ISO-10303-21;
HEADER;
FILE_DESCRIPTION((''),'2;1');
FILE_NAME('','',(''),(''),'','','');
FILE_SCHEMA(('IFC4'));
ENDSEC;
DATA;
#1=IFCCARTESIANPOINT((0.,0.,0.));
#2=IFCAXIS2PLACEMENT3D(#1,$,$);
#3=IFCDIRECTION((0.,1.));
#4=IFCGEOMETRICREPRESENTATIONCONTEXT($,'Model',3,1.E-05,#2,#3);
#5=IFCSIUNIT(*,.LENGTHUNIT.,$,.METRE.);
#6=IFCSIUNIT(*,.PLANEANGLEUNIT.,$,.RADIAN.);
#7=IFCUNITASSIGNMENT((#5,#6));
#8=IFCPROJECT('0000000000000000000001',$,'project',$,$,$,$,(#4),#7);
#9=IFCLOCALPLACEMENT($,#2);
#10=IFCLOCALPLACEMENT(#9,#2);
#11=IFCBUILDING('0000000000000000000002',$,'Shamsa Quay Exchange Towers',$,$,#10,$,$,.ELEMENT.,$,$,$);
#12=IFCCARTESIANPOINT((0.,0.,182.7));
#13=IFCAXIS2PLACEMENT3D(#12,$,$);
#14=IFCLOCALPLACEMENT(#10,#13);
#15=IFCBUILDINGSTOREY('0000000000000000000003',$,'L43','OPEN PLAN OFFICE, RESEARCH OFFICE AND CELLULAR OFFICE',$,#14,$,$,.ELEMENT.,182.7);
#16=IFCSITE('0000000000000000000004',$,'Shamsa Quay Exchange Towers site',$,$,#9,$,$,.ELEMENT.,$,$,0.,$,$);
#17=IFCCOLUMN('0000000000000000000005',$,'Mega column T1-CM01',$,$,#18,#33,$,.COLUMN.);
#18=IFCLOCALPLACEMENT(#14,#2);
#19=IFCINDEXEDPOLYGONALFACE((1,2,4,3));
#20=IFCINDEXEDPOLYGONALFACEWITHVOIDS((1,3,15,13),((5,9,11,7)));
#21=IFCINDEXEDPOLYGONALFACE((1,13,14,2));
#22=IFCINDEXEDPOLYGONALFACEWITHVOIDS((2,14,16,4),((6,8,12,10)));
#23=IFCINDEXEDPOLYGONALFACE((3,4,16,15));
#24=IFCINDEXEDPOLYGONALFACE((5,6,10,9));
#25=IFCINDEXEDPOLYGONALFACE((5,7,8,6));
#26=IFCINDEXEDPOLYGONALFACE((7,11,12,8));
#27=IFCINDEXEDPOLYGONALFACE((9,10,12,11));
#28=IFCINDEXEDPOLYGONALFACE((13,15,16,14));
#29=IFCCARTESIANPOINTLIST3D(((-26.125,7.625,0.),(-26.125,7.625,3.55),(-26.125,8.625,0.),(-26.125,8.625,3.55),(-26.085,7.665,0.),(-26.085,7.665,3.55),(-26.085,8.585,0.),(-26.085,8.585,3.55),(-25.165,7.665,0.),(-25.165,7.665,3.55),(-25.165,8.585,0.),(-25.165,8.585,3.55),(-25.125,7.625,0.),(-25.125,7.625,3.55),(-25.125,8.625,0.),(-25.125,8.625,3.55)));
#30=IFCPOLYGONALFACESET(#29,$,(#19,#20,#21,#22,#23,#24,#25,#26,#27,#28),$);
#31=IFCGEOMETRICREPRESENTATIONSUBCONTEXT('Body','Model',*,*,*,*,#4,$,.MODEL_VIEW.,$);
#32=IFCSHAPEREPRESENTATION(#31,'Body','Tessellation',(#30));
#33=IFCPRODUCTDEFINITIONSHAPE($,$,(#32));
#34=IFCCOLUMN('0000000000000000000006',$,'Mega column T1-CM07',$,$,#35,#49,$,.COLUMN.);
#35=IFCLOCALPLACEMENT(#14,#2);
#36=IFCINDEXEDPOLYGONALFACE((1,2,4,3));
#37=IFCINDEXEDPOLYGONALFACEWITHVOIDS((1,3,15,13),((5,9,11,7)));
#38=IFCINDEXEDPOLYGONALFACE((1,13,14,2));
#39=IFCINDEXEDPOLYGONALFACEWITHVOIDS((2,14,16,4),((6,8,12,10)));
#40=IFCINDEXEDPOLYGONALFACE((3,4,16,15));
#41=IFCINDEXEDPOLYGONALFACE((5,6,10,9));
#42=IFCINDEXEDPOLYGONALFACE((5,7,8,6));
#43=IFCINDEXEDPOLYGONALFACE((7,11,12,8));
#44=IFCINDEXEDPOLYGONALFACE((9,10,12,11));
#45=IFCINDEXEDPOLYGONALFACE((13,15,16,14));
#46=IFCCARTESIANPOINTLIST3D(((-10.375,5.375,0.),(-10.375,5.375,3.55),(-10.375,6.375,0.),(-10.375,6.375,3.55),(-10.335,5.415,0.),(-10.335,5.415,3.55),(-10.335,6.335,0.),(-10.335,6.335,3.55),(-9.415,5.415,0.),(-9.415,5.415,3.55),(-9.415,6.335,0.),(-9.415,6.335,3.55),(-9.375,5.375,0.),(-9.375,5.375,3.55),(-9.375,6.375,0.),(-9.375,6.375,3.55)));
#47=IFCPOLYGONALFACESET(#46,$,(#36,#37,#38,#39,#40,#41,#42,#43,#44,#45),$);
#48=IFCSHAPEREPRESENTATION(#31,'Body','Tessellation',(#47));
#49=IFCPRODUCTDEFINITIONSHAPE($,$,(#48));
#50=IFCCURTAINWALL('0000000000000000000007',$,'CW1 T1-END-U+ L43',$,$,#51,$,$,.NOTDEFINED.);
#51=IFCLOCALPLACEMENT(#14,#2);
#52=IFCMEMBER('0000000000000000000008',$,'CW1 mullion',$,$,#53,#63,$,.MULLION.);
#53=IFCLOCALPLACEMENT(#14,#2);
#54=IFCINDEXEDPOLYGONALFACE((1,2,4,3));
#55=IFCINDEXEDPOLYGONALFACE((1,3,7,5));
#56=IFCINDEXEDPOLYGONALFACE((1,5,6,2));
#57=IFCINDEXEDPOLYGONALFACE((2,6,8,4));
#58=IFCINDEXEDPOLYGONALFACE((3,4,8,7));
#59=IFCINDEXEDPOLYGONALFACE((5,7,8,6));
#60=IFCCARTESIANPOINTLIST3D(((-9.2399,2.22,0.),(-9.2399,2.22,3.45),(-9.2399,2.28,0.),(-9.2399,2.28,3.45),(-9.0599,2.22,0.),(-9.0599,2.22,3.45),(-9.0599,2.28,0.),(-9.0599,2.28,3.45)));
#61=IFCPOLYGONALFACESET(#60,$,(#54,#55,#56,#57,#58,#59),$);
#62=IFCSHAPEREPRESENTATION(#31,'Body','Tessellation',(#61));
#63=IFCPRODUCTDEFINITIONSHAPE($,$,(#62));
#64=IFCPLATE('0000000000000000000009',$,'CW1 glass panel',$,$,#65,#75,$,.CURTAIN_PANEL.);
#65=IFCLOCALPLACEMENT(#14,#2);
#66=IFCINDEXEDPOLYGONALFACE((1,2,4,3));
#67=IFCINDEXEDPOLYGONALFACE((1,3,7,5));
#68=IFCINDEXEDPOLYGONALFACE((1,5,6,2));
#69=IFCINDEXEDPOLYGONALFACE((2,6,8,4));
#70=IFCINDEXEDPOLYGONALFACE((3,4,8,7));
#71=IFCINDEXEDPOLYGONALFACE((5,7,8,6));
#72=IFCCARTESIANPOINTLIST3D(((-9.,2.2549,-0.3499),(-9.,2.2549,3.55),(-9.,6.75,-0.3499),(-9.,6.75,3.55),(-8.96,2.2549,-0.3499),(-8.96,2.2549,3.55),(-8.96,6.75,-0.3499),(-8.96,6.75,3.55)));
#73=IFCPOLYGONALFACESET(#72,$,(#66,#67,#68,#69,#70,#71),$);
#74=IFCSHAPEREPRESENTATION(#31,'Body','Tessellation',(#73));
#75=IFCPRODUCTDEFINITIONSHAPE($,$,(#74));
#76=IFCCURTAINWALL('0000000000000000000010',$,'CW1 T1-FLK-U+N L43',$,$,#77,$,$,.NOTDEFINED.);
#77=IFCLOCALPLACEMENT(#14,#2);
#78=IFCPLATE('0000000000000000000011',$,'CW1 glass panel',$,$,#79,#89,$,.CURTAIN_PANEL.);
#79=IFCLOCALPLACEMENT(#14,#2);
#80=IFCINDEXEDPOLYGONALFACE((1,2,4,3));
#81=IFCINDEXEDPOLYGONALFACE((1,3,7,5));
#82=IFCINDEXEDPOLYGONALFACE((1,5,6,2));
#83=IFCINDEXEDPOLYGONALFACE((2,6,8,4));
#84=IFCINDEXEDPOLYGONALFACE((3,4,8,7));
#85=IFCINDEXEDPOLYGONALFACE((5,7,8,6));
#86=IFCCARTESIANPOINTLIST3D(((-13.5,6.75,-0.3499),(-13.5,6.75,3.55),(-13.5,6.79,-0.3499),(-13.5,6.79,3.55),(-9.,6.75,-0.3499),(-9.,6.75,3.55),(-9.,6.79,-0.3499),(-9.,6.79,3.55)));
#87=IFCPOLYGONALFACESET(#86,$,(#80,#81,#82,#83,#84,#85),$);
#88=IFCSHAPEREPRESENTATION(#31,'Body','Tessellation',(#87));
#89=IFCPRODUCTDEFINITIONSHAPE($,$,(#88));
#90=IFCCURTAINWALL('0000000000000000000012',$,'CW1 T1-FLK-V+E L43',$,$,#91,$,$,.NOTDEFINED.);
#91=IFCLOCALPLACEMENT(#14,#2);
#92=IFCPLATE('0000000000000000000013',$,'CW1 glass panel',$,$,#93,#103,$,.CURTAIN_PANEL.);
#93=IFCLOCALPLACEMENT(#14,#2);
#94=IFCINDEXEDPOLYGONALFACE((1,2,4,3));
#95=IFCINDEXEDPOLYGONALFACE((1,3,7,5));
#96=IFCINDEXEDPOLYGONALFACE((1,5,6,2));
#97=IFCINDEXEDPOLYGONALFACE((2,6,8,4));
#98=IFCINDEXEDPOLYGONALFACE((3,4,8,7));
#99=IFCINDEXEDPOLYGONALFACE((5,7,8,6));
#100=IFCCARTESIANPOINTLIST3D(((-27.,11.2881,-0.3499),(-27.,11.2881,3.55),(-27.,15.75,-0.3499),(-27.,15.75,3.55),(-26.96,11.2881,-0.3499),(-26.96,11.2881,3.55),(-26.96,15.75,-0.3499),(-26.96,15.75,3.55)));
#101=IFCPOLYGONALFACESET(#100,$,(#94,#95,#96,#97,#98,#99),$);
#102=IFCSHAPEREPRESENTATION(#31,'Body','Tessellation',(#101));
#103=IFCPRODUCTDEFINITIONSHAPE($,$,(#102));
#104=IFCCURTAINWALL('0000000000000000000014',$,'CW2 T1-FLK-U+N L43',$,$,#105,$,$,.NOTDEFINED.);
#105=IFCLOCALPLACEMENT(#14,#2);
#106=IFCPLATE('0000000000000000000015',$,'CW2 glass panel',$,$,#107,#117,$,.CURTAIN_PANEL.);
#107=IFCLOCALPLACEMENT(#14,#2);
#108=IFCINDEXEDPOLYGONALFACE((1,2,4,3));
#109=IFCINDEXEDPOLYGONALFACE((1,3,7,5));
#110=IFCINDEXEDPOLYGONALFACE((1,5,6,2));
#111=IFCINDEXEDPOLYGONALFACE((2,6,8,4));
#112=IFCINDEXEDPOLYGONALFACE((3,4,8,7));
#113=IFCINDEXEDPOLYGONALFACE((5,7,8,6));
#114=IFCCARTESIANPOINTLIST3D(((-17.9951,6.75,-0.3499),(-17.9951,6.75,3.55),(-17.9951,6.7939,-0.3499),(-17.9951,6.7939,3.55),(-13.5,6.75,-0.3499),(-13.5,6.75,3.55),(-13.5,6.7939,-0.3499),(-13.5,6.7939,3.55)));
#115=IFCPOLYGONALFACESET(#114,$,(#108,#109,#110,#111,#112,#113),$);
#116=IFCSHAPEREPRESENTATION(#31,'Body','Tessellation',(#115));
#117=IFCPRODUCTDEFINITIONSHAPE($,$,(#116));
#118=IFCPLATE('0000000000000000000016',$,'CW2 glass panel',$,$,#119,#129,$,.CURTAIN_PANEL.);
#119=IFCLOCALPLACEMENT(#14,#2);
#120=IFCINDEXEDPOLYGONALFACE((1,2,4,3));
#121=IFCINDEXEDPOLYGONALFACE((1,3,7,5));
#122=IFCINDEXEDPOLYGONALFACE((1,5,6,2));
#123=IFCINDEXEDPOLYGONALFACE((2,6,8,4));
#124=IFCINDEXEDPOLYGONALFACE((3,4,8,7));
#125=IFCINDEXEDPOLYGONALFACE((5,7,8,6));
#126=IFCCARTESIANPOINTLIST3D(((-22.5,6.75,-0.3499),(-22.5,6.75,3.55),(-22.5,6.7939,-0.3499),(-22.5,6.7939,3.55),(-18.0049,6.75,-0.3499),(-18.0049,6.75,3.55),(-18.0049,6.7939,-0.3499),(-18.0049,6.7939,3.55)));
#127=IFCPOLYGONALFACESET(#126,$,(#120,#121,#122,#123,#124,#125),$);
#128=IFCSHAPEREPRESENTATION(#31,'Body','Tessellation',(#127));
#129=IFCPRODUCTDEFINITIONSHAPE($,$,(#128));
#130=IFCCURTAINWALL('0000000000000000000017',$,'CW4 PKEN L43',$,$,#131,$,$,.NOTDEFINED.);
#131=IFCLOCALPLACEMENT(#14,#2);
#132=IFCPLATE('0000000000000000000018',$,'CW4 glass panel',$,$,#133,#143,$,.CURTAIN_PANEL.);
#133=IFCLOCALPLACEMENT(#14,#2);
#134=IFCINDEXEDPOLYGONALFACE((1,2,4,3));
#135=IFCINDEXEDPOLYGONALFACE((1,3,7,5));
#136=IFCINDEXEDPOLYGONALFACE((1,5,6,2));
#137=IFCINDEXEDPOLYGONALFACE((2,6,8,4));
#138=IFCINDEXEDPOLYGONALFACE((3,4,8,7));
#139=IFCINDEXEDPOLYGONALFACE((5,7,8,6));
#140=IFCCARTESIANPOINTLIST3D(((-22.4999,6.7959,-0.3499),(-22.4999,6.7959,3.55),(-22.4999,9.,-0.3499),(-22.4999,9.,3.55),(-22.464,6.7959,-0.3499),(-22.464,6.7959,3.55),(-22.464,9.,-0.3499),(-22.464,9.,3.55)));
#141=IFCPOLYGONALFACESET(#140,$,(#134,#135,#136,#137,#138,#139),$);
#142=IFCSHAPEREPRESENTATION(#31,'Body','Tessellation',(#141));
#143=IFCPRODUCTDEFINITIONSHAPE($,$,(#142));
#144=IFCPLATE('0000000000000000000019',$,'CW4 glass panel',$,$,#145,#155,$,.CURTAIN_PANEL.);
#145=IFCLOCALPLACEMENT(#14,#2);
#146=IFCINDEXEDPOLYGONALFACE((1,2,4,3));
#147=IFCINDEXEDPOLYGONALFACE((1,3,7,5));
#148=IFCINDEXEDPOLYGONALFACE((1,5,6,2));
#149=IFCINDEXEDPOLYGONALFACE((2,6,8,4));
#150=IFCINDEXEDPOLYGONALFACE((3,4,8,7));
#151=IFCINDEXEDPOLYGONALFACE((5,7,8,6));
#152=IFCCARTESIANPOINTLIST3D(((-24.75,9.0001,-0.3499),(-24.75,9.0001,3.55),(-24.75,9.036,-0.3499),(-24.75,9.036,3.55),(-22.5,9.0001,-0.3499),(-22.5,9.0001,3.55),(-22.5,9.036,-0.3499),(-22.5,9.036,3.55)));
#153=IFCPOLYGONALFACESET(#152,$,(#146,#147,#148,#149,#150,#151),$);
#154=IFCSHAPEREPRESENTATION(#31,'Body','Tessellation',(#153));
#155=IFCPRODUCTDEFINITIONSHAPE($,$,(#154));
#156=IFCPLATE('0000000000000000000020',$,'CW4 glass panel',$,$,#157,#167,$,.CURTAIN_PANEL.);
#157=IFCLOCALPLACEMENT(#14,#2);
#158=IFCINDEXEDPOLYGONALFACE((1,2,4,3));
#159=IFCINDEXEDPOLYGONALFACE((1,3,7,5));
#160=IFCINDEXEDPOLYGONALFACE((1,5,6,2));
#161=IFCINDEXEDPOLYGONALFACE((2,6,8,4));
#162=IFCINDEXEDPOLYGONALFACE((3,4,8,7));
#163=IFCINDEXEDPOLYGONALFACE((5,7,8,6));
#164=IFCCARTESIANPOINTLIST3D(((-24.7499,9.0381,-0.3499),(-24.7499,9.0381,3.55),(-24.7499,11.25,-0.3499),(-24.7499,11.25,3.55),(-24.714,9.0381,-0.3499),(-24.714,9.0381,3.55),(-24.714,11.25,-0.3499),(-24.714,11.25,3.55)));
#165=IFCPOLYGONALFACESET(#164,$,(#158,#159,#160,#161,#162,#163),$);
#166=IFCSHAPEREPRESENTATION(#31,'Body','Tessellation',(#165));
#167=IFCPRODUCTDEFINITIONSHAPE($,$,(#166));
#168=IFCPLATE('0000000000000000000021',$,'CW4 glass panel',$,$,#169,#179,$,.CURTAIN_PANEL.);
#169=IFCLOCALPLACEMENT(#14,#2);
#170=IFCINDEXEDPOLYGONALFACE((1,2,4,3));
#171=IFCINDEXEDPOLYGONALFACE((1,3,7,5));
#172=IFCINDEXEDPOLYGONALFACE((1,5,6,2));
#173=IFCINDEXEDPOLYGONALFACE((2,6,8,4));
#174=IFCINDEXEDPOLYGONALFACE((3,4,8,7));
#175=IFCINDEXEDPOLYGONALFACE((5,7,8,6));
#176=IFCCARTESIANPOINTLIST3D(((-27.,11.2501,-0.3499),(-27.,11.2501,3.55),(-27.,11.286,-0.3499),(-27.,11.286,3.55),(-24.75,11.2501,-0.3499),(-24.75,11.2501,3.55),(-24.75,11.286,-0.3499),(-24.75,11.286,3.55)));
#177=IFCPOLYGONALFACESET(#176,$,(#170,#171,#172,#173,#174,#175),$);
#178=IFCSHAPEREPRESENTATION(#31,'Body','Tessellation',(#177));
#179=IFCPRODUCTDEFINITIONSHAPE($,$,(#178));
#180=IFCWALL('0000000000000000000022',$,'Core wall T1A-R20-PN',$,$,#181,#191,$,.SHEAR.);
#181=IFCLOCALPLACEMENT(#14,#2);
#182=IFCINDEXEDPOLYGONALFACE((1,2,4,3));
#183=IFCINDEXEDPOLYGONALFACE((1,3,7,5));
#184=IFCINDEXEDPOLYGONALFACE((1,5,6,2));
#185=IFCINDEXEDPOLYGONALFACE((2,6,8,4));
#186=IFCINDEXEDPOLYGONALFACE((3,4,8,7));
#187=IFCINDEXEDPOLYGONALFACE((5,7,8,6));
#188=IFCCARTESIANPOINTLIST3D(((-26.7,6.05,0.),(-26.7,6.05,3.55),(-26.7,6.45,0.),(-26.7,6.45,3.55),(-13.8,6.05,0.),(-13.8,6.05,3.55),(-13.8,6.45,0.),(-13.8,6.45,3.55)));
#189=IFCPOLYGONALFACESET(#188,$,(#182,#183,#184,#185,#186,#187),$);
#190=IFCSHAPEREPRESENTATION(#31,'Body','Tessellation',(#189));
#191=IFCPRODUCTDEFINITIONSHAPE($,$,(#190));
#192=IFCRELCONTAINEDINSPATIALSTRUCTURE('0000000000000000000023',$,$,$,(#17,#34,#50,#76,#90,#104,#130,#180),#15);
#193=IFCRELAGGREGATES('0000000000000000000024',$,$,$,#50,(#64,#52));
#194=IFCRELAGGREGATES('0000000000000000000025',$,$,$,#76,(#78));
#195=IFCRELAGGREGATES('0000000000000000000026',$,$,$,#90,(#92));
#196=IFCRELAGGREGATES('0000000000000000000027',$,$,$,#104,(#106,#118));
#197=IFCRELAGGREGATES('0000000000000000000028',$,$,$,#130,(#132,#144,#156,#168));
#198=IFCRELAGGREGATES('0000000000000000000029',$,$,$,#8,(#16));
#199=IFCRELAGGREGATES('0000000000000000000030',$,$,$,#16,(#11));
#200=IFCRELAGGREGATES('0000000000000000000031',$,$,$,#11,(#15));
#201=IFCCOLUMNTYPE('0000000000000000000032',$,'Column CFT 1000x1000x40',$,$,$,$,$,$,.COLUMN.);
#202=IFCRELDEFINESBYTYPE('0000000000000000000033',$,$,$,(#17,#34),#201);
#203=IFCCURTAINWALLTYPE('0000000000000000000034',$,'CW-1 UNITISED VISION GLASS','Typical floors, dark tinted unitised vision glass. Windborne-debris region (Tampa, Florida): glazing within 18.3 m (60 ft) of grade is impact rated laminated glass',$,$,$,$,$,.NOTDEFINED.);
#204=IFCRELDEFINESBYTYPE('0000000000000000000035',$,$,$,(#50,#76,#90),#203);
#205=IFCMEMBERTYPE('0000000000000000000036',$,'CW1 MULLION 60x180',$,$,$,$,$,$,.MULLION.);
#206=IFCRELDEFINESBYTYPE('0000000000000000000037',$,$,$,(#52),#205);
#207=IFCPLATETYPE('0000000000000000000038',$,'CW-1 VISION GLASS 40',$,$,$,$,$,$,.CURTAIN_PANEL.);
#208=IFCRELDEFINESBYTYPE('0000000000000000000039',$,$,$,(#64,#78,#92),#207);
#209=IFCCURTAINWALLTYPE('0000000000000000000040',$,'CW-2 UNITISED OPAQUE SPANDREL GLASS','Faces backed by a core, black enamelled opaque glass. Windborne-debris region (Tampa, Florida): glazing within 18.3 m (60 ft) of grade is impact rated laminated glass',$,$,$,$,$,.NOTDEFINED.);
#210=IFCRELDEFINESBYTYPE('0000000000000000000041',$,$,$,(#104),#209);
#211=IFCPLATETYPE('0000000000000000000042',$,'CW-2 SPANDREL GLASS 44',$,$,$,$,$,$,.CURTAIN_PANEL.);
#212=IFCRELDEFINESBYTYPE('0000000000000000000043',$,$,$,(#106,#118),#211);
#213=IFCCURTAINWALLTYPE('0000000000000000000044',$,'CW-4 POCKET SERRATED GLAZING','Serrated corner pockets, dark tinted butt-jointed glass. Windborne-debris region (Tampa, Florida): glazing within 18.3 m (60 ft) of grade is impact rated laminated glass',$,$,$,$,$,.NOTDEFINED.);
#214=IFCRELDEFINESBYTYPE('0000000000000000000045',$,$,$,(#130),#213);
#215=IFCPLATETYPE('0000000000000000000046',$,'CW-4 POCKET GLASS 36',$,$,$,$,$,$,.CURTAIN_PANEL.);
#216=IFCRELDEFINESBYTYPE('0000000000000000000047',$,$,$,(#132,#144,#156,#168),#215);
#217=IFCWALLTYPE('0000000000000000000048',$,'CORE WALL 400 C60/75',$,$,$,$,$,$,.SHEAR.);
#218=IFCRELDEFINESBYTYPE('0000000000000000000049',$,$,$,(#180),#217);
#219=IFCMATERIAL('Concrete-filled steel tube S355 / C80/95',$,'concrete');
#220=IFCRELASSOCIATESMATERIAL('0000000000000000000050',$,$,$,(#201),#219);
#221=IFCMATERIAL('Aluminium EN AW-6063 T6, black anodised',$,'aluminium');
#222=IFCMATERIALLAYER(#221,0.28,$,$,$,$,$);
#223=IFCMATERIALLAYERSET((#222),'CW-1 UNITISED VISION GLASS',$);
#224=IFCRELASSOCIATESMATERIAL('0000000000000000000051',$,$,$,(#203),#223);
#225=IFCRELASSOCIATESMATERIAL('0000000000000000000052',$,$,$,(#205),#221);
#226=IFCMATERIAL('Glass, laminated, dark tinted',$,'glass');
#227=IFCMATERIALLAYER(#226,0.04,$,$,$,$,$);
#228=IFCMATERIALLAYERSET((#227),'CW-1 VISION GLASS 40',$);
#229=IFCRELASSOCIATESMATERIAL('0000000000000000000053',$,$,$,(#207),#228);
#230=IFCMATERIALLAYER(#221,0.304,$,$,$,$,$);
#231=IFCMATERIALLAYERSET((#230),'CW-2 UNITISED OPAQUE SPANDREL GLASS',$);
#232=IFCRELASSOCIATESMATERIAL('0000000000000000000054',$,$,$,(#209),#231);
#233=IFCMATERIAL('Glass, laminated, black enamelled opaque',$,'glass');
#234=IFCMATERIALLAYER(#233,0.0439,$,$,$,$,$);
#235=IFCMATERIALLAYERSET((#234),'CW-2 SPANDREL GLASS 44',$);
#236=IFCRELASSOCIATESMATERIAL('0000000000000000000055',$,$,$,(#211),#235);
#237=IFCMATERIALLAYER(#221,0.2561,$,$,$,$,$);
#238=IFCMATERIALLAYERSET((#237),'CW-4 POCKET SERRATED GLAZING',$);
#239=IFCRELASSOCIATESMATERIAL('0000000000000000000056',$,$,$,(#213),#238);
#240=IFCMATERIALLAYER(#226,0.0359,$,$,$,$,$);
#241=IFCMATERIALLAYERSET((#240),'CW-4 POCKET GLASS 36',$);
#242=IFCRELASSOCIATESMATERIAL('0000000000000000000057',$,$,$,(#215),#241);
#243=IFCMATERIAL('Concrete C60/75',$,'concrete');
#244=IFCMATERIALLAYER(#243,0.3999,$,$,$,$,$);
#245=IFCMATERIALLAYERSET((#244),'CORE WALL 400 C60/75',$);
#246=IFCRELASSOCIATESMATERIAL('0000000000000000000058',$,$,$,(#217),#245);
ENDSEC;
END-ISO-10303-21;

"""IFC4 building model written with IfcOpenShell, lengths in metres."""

from ifc_helpers import new_model, si_unit, direction, frame, frame_2d, origin, origin_2d, place, context, subcontext, project, spatial, rectangle, hollow_rectangle, extrude, material, layer, layer_set, material_profile, profile_set, type_object, element, aggregate, save


model = new_model("IFC4")

# Units and contexts
model_context = context("Model", 3, precision=1e-05, world=origin(), true_north=direction((0.0, 1.0)))
body_context = subcontext(model_context, "Body", "Model", "MODEL_VIEW")
ifc_project = project(units=[si_unit("LENGTHUNIT", "METRE"), si_unit("PLANEANGLEUNIT", "RADIAN")], contexts=[model_context])

# Site, building, storey
site_placement = place(None, origin())
site = spatial("IfcSite", under=ifc_project, at=site_placement, Name="Shamsa Quay Exchange Towers site", CompositionType="ELEMENT", RefElevation=0.0)
building_placement = place(site_placement, origin())
building = spatial("IfcBuilding", under=site, at=building_placement, Name="Shamsa Quay Exchange Towers", CompositionType="ELEMENT")
storey_placement = place(building_placement, frame((0.0, 0.0, 182.7)))
storey = spatial("IfcBuildingStorey", under=building, at=storey_placement, Name="L43", Description="OPEN PLAN OFFICE, RESEARCH OFFICE AND CELLULAR OFFICE", CompositionType="ELEMENT", Elevation=182.7)

# Columns
ifc_material_1 = material(Name="Concrete-filled steel tube S355 / C80/95", Category="concrete")
ifc_material_profile_1 = material_profile(ifc_material_1, hollow_rectangle(XDim=1.0, YDim=1.0, WallThickness=0.04, at=origin_2d()), Name="CFT 1000x1000x40")
ifc_profile_set_1 = profile_set([ifc_material_profile_1], Name="Concrete-filled steel tube S355 / C80/95")
column_type = type_object("IfcColumnType", Name="Column CFT 1000x1000x40", PredefinedType="COLUMN", material=ifc_profile_set_1)
for number, where, name in (
    (1, (-25.625, 8.125, 0.0), "Mega column T1-CM01"),
    (2, (-9.875, 5.875, 0.0), "Mega column T1-CM07"),
):
    element("IfcColumn", number, at=place(storey_placement, frame(where)), inside=storey, type_object=column_type, Name=name, PredefinedType="COLUMN", context=body_context, shape_type="SweptSolid", body=[
        extrude(hollow_rectangle(XDim=1.0, YDim=1.0, WallThickness=0.04, at=origin_2d()), origin(), (0.0, 0.0, 1.0), 3.55),
    ])

# Curtain wall, member, plate
ifc_material_2 = material(Name="Aluminium EN AW-6063 T6, black anodised", Category="aluminium")
ifc_layer_1 = layer(ifc_material_2, 0.28)
ifc_layer_set_1 = layer_set([ifc_layer_1], Name="CW-1 UNITISED VISION GLASS")
curtain_wall_type_1 = type_object("IfcCurtainWallType", Name="CW-1 UNITISED VISION GLASS", Description="Typical floors, dark tinted unitised vision glass. Windborne-debris region (Tampa, Florida): glazing within 18.3 m (60 ft) of grade is impact rated laminated glass", PredefinedType="NOTDEFINED", material=ifc_layer_set_1)
curtain_wall_1_placement = place(storey_placement, origin())
curtain_wall_1 = element("IfcCurtainWall", 3, at=curtain_wall_1_placement, inside=storey, type_object=curtain_wall_type_1, Name="CW1 T1-END-U+ L43", PredefinedType="NOTDEFINED")
ifc_material_profile_2 = material_profile(ifc_material_2, rectangle(XDim=0.1799, YDim=0.0601, at=origin_2d()), Name="MU60x180")
ifc_profile_set_2 = profile_set([ifc_material_profile_2], Name="Aluminium EN AW-6063 T6, black anodised")
member_type = type_object("IfcMemberType", Name="CW1 MULLION 60x180", PredefinedType="MULLION", material=ifc_profile_set_2)
member_placement = place(storey_placement, frame((-9.1499, 2.25, 0.0), z_axis=(0.0, 0.0, 1.0), x_axis=(-1.0, 0.0, 0.0)))
member = element("IfcMember", 4, at=member_placement, type_object=member_type, Name="CW1 mullion", PredefinedType="MULLION", context=body_context, shape_type="SweptSolid", body=[
    extrude(rectangle(XDim=0.1799, YDim=0.0601, at=origin_2d()), origin(), (0.0, 0.0, 1.0), 3.45),
])
ifc_material_3 = material(Name="Glass, laminated, dark tinted", Category="glass")
ifc_layer_2 = layer(ifc_material_3, 0.04)
ifc_layer_set_2 = layer_set([ifc_layer_2], Name="CW-1 VISION GLASS 40")
plate_type_1 = type_object("IfcPlateType", Name="CW-1 VISION GLASS 40", PredefinedType="CURTAIN_PANEL", material=ifc_layer_set_2)
plate_1_placement = place(storey_placement, frame((-8.98, 4.5024, -0.3499), z_axis=(0.0, 0.0, 1.0), x_axis=(0.0, 1.0, 0.0)))
plate_1 = element("IfcPlate", 5, at=plate_1_placement, type_object=plate_type_1, Name="CW1 glass panel", PredefinedType="CURTAIN_PANEL", context=body_context, shape_type="SweptSolid", body=[
    extrude(rectangle(XDim=4.4951, YDim=0.04, at=origin_2d()), origin(), (0.0, 0.0, 1.0), 3.8999),
])
aggregate(curtain_wall_1, [plate_1, member])

# Curtain walls, plates
curtain_wall_2_placement = place(storey_placement, origin())
curtain_wall_2 = element("IfcCurtainWall", 6, at=curtain_wall_2_placement, inside=storey, type_object=curtain_wall_type_1, Name="CW1 T1-FLK-U+N L43", PredefinedType="NOTDEFINED")
plate_2_placement = place(storey_placement, frame((-11.25, 6.77, -0.3499), z_axis=(0.0, 0.0, 1.0), x_axis=(-1.0, 0.0, 0.0)))
plate_2 = element("IfcPlate", 7, at=plate_2_placement, type_object=plate_type_1, Name="CW1 glass panel", PredefinedType="CURTAIN_PANEL", context=body_context, shape_type="SweptSolid", body=[
    extrude(rectangle(XDim=4.5, YDim=0.04, at=origin_2d()), origin(), (0.0, 0.0, 1.0), 3.8999),
])
aggregate(curtain_wall_2, [plate_2])
curtain_wall_3_placement = place(storey_placement, origin())
curtain_wall_3 = element("IfcCurtainWall", 8, at=curtain_wall_3_placement, inside=storey, type_object=curtain_wall_type_1, Name="CW1 T1-FLK-V+E L43", PredefinedType="NOTDEFINED")
plate_3_placement = place(storey_placement, frame((-26.98, 13.519, -0.3499), z_axis=(0.0, 0.0, 1.0), x_axis=(0.0, 1.0, 0.0)))
plate_3 = element("IfcPlate", 9, at=plate_3_placement, type_object=plate_type_1, Name="CW1 glass panel", PredefinedType="CURTAIN_PANEL", context=body_context, shape_type="SweptSolid", body=[
    extrude(rectangle(XDim=4.4619, YDim=0.04, at=origin_2d()), origin(), (0.0, 0.0, 1.0), 3.8999),
])
aggregate(curtain_wall_3, [plate_3])

# Curtain walls, plates
ifc_layer_3 = layer(ifc_material_2, 0.304)
ifc_layer_set_3 = layer_set([ifc_layer_3], Name="CW-2 UNITISED OPAQUE SPANDREL GLASS")
curtain_wall_type_2 = type_object("IfcCurtainWallType", Name="CW-2 UNITISED OPAQUE SPANDREL GLASS", Description="Faces backed by a core, black enamelled opaque glass. Windborne-debris region (Tampa, Florida): glazing within 18.3 m (60 ft) of grade is impact rated laminated glass", PredefinedType="NOTDEFINED", material=ifc_layer_set_3)
curtain_wall_4_placement = place(storey_placement, origin())
curtain_wall_4 = element("IfcCurtainWall", 10, at=curtain_wall_4_placement, inside=storey, type_object=curtain_wall_type_2, Name="CW2 T1-FLK-U+N L43", PredefinedType="NOTDEFINED")
ifc_material_4 = material(Name="Glass, laminated, black enamelled opaque", Category="glass")
ifc_layer_4 = layer(ifc_material_4, 0.0439)
ifc_layer_set_4 = layer_set([ifc_layer_4], Name="CW-2 SPANDREL GLASS 44")
plate_type_2 = type_object("IfcPlateType", Name="CW-2 SPANDREL GLASS 44", PredefinedType="CURTAIN_PANEL", material=ifc_layer_set_4)
plate_4_placement = place(storey_placement, frame((-15.7476, 6.772, -0.3499), z_axis=(0.0, 0.0, 1.0), x_axis=(-1.0, 0.0, 0.0)))
plate_4 = element("IfcPlate", 11, at=plate_4_placement, type_object=plate_type_2, Name="CW2 glass panel", PredefinedType="CURTAIN_PANEL", context=body_context, shape_type="SweptSolid", body=[
    extrude(rectangle(XDim=4.4951, YDim=0.0439, at=origin_2d()), origin(), (0.0, 0.0, 1.0), 3.8999),
])
plate_5_placement = place(storey_placement, frame((-20.2524, 6.772, -0.3499), z_axis=(0.0, 0.0, 1.0), x_axis=(-1.0, 0.0, 0.0)))
plate_5 = element("IfcPlate", 12, at=plate_5_placement, type_object=plate_type_2, Name="CW2 glass panel", PredefinedType="CURTAIN_PANEL", context=body_context, shape_type="SweptSolid", body=[
    extrude(rectangle(XDim=4.4951, YDim=0.0439, at=origin_2d()), origin(), (0.0, 0.0, 1.0), 3.8999),
])
aggregate(curtain_wall_4, [plate_4, plate_5])
ifc_layer_5 = layer(ifc_material_2, 0.2561)
ifc_layer_set_5 = layer_set([ifc_layer_5], Name="CW-4 POCKET SERRATED GLAZING")
curtain_wall_type_3 = type_object("IfcCurtainWallType", Name="CW-4 POCKET SERRATED GLAZING", Description="Serrated corner pockets, dark tinted butt-jointed glass. Windborne-debris region (Tampa, Florida): glazing within 18.3 m (60 ft) of grade is impact rated laminated glass", PredefinedType="NOTDEFINED", material=ifc_layer_set_5)
curtain_wall_5_placement = place(storey_placement, origin())
curtain_wall_5 = element("IfcCurtainWall", 13, at=curtain_wall_5_placement, inside=storey, type_object=curtain_wall_type_3, Name="CW4 PKEN L43", PredefinedType="NOTDEFINED")
ifc_layer_6 = layer(ifc_material_3, 0.0359)
ifc_layer_set_6 = layer_set([ifc_layer_6], Name="CW-4 POCKET GLASS 36")
plate_type_3 = type_object("IfcPlateType", Name="CW-4 POCKET GLASS 36", PredefinedType="CURTAIN_PANEL", material=ifc_layer_set_6)
plate_6_placement = place(storey_placement, frame((-22.4819, 7.8979, -0.3499), z_axis=(0.0, 0.0, 1.0), x_axis=(0.0, 1.0, 0.0)))
plate_6 = element("IfcPlate", 14, at=plate_6_placement, type_object=plate_type_3, Name="CW4 glass panel", PredefinedType="CURTAIN_PANEL", context=body_context, shape_type="SweptSolid", body=[
    extrude(rectangle(XDim=2.2041, YDim=0.0359, at=origin_2d()), origin(), (0.0, 0.0, 1.0), 3.8999),
])
plate_7_placement = place(storey_placement, frame((-23.625, 9.0181, -0.3499), z_axis=(0.0, 0.0, 1.0), x_axis=(-1.0, 0.0, 0.0)))
plate_7 = element("IfcPlate", 15, at=plate_7_placement, type_object=plate_type_3, Name="CW4 glass panel", PredefinedType="CURTAIN_PANEL", context=body_context, shape_type="SweptSolid", body=[
    extrude(rectangle(XDim=2.25, YDim=0.0359, at=origin_2d()), origin(), (0.0, 0.0, 1.0), 3.8999),
])
plate_8_placement = place(storey_placement, frame((-24.7319, 10.144, -0.3499), z_axis=(0.0, 0.0, 1.0), x_axis=(0.0, 1.0, 0.0)))
plate_8 = element("IfcPlate", 16, at=plate_8_placement, type_object=plate_type_3, Name="CW4 glass panel", PredefinedType="CURTAIN_PANEL", context=body_context, shape_type="SweptSolid", body=[
    extrude(rectangle(XDim=2.2119, YDim=0.0359, at=origin_2d()), origin(), (0.0, 0.0, 1.0), 3.8999),
])
plate_9_placement = place(storey_placement, frame((-25.875, 11.2681, -0.3499), z_axis=(0.0, 0.0, 1.0), x_axis=(-1.0, 0.0, 0.0)))
plate_9 = element("IfcPlate", 17, at=plate_9_placement, type_object=plate_type_3, Name="CW4 glass panel", PredefinedType="CURTAIN_PANEL", context=body_context, shape_type="SweptSolid", body=[
    extrude(rectangle(XDim=2.25, YDim=0.0359, at=origin_2d()), origin(), (0.0, 0.0, 1.0), 3.8999),
])
aggregate(curtain_wall_5, [plate_6, plate_7, plate_8, plate_9])

# Wall
ifc_material_5 = material(Name="Concrete C60/75", Category="concrete")
ifc_layer_7 = layer(ifc_material_5, 0.3999)
ifc_layer_set_7 = layer_set([ifc_layer_7], Name="CORE WALL 400 C60/75")
wall_type_1 = type_object("IfcWallType", Name="CORE WALL 400 C60/75", PredefinedType="SHEAR", material=ifc_layer_set_7)
wall_1_placement = place(storey_placement, frame((-26.7, 6.25, 0.0)))
element("IfcWall", 18, at=wall_1_placement, inside=storey, type_object=wall_type_1, Name="Core wall T1A-R20-PN", PredefinedType="SHEAR", context=body_context, shape_type="SweptSolid", body=[
    extrude(rectangle(XDim=12.8999, YDim=0.3999, at=frame_2d((6.45, 0.0))), origin(), (0.0, 0.0, 1.0), 3.55),
])

save(model, "model.ifc")
